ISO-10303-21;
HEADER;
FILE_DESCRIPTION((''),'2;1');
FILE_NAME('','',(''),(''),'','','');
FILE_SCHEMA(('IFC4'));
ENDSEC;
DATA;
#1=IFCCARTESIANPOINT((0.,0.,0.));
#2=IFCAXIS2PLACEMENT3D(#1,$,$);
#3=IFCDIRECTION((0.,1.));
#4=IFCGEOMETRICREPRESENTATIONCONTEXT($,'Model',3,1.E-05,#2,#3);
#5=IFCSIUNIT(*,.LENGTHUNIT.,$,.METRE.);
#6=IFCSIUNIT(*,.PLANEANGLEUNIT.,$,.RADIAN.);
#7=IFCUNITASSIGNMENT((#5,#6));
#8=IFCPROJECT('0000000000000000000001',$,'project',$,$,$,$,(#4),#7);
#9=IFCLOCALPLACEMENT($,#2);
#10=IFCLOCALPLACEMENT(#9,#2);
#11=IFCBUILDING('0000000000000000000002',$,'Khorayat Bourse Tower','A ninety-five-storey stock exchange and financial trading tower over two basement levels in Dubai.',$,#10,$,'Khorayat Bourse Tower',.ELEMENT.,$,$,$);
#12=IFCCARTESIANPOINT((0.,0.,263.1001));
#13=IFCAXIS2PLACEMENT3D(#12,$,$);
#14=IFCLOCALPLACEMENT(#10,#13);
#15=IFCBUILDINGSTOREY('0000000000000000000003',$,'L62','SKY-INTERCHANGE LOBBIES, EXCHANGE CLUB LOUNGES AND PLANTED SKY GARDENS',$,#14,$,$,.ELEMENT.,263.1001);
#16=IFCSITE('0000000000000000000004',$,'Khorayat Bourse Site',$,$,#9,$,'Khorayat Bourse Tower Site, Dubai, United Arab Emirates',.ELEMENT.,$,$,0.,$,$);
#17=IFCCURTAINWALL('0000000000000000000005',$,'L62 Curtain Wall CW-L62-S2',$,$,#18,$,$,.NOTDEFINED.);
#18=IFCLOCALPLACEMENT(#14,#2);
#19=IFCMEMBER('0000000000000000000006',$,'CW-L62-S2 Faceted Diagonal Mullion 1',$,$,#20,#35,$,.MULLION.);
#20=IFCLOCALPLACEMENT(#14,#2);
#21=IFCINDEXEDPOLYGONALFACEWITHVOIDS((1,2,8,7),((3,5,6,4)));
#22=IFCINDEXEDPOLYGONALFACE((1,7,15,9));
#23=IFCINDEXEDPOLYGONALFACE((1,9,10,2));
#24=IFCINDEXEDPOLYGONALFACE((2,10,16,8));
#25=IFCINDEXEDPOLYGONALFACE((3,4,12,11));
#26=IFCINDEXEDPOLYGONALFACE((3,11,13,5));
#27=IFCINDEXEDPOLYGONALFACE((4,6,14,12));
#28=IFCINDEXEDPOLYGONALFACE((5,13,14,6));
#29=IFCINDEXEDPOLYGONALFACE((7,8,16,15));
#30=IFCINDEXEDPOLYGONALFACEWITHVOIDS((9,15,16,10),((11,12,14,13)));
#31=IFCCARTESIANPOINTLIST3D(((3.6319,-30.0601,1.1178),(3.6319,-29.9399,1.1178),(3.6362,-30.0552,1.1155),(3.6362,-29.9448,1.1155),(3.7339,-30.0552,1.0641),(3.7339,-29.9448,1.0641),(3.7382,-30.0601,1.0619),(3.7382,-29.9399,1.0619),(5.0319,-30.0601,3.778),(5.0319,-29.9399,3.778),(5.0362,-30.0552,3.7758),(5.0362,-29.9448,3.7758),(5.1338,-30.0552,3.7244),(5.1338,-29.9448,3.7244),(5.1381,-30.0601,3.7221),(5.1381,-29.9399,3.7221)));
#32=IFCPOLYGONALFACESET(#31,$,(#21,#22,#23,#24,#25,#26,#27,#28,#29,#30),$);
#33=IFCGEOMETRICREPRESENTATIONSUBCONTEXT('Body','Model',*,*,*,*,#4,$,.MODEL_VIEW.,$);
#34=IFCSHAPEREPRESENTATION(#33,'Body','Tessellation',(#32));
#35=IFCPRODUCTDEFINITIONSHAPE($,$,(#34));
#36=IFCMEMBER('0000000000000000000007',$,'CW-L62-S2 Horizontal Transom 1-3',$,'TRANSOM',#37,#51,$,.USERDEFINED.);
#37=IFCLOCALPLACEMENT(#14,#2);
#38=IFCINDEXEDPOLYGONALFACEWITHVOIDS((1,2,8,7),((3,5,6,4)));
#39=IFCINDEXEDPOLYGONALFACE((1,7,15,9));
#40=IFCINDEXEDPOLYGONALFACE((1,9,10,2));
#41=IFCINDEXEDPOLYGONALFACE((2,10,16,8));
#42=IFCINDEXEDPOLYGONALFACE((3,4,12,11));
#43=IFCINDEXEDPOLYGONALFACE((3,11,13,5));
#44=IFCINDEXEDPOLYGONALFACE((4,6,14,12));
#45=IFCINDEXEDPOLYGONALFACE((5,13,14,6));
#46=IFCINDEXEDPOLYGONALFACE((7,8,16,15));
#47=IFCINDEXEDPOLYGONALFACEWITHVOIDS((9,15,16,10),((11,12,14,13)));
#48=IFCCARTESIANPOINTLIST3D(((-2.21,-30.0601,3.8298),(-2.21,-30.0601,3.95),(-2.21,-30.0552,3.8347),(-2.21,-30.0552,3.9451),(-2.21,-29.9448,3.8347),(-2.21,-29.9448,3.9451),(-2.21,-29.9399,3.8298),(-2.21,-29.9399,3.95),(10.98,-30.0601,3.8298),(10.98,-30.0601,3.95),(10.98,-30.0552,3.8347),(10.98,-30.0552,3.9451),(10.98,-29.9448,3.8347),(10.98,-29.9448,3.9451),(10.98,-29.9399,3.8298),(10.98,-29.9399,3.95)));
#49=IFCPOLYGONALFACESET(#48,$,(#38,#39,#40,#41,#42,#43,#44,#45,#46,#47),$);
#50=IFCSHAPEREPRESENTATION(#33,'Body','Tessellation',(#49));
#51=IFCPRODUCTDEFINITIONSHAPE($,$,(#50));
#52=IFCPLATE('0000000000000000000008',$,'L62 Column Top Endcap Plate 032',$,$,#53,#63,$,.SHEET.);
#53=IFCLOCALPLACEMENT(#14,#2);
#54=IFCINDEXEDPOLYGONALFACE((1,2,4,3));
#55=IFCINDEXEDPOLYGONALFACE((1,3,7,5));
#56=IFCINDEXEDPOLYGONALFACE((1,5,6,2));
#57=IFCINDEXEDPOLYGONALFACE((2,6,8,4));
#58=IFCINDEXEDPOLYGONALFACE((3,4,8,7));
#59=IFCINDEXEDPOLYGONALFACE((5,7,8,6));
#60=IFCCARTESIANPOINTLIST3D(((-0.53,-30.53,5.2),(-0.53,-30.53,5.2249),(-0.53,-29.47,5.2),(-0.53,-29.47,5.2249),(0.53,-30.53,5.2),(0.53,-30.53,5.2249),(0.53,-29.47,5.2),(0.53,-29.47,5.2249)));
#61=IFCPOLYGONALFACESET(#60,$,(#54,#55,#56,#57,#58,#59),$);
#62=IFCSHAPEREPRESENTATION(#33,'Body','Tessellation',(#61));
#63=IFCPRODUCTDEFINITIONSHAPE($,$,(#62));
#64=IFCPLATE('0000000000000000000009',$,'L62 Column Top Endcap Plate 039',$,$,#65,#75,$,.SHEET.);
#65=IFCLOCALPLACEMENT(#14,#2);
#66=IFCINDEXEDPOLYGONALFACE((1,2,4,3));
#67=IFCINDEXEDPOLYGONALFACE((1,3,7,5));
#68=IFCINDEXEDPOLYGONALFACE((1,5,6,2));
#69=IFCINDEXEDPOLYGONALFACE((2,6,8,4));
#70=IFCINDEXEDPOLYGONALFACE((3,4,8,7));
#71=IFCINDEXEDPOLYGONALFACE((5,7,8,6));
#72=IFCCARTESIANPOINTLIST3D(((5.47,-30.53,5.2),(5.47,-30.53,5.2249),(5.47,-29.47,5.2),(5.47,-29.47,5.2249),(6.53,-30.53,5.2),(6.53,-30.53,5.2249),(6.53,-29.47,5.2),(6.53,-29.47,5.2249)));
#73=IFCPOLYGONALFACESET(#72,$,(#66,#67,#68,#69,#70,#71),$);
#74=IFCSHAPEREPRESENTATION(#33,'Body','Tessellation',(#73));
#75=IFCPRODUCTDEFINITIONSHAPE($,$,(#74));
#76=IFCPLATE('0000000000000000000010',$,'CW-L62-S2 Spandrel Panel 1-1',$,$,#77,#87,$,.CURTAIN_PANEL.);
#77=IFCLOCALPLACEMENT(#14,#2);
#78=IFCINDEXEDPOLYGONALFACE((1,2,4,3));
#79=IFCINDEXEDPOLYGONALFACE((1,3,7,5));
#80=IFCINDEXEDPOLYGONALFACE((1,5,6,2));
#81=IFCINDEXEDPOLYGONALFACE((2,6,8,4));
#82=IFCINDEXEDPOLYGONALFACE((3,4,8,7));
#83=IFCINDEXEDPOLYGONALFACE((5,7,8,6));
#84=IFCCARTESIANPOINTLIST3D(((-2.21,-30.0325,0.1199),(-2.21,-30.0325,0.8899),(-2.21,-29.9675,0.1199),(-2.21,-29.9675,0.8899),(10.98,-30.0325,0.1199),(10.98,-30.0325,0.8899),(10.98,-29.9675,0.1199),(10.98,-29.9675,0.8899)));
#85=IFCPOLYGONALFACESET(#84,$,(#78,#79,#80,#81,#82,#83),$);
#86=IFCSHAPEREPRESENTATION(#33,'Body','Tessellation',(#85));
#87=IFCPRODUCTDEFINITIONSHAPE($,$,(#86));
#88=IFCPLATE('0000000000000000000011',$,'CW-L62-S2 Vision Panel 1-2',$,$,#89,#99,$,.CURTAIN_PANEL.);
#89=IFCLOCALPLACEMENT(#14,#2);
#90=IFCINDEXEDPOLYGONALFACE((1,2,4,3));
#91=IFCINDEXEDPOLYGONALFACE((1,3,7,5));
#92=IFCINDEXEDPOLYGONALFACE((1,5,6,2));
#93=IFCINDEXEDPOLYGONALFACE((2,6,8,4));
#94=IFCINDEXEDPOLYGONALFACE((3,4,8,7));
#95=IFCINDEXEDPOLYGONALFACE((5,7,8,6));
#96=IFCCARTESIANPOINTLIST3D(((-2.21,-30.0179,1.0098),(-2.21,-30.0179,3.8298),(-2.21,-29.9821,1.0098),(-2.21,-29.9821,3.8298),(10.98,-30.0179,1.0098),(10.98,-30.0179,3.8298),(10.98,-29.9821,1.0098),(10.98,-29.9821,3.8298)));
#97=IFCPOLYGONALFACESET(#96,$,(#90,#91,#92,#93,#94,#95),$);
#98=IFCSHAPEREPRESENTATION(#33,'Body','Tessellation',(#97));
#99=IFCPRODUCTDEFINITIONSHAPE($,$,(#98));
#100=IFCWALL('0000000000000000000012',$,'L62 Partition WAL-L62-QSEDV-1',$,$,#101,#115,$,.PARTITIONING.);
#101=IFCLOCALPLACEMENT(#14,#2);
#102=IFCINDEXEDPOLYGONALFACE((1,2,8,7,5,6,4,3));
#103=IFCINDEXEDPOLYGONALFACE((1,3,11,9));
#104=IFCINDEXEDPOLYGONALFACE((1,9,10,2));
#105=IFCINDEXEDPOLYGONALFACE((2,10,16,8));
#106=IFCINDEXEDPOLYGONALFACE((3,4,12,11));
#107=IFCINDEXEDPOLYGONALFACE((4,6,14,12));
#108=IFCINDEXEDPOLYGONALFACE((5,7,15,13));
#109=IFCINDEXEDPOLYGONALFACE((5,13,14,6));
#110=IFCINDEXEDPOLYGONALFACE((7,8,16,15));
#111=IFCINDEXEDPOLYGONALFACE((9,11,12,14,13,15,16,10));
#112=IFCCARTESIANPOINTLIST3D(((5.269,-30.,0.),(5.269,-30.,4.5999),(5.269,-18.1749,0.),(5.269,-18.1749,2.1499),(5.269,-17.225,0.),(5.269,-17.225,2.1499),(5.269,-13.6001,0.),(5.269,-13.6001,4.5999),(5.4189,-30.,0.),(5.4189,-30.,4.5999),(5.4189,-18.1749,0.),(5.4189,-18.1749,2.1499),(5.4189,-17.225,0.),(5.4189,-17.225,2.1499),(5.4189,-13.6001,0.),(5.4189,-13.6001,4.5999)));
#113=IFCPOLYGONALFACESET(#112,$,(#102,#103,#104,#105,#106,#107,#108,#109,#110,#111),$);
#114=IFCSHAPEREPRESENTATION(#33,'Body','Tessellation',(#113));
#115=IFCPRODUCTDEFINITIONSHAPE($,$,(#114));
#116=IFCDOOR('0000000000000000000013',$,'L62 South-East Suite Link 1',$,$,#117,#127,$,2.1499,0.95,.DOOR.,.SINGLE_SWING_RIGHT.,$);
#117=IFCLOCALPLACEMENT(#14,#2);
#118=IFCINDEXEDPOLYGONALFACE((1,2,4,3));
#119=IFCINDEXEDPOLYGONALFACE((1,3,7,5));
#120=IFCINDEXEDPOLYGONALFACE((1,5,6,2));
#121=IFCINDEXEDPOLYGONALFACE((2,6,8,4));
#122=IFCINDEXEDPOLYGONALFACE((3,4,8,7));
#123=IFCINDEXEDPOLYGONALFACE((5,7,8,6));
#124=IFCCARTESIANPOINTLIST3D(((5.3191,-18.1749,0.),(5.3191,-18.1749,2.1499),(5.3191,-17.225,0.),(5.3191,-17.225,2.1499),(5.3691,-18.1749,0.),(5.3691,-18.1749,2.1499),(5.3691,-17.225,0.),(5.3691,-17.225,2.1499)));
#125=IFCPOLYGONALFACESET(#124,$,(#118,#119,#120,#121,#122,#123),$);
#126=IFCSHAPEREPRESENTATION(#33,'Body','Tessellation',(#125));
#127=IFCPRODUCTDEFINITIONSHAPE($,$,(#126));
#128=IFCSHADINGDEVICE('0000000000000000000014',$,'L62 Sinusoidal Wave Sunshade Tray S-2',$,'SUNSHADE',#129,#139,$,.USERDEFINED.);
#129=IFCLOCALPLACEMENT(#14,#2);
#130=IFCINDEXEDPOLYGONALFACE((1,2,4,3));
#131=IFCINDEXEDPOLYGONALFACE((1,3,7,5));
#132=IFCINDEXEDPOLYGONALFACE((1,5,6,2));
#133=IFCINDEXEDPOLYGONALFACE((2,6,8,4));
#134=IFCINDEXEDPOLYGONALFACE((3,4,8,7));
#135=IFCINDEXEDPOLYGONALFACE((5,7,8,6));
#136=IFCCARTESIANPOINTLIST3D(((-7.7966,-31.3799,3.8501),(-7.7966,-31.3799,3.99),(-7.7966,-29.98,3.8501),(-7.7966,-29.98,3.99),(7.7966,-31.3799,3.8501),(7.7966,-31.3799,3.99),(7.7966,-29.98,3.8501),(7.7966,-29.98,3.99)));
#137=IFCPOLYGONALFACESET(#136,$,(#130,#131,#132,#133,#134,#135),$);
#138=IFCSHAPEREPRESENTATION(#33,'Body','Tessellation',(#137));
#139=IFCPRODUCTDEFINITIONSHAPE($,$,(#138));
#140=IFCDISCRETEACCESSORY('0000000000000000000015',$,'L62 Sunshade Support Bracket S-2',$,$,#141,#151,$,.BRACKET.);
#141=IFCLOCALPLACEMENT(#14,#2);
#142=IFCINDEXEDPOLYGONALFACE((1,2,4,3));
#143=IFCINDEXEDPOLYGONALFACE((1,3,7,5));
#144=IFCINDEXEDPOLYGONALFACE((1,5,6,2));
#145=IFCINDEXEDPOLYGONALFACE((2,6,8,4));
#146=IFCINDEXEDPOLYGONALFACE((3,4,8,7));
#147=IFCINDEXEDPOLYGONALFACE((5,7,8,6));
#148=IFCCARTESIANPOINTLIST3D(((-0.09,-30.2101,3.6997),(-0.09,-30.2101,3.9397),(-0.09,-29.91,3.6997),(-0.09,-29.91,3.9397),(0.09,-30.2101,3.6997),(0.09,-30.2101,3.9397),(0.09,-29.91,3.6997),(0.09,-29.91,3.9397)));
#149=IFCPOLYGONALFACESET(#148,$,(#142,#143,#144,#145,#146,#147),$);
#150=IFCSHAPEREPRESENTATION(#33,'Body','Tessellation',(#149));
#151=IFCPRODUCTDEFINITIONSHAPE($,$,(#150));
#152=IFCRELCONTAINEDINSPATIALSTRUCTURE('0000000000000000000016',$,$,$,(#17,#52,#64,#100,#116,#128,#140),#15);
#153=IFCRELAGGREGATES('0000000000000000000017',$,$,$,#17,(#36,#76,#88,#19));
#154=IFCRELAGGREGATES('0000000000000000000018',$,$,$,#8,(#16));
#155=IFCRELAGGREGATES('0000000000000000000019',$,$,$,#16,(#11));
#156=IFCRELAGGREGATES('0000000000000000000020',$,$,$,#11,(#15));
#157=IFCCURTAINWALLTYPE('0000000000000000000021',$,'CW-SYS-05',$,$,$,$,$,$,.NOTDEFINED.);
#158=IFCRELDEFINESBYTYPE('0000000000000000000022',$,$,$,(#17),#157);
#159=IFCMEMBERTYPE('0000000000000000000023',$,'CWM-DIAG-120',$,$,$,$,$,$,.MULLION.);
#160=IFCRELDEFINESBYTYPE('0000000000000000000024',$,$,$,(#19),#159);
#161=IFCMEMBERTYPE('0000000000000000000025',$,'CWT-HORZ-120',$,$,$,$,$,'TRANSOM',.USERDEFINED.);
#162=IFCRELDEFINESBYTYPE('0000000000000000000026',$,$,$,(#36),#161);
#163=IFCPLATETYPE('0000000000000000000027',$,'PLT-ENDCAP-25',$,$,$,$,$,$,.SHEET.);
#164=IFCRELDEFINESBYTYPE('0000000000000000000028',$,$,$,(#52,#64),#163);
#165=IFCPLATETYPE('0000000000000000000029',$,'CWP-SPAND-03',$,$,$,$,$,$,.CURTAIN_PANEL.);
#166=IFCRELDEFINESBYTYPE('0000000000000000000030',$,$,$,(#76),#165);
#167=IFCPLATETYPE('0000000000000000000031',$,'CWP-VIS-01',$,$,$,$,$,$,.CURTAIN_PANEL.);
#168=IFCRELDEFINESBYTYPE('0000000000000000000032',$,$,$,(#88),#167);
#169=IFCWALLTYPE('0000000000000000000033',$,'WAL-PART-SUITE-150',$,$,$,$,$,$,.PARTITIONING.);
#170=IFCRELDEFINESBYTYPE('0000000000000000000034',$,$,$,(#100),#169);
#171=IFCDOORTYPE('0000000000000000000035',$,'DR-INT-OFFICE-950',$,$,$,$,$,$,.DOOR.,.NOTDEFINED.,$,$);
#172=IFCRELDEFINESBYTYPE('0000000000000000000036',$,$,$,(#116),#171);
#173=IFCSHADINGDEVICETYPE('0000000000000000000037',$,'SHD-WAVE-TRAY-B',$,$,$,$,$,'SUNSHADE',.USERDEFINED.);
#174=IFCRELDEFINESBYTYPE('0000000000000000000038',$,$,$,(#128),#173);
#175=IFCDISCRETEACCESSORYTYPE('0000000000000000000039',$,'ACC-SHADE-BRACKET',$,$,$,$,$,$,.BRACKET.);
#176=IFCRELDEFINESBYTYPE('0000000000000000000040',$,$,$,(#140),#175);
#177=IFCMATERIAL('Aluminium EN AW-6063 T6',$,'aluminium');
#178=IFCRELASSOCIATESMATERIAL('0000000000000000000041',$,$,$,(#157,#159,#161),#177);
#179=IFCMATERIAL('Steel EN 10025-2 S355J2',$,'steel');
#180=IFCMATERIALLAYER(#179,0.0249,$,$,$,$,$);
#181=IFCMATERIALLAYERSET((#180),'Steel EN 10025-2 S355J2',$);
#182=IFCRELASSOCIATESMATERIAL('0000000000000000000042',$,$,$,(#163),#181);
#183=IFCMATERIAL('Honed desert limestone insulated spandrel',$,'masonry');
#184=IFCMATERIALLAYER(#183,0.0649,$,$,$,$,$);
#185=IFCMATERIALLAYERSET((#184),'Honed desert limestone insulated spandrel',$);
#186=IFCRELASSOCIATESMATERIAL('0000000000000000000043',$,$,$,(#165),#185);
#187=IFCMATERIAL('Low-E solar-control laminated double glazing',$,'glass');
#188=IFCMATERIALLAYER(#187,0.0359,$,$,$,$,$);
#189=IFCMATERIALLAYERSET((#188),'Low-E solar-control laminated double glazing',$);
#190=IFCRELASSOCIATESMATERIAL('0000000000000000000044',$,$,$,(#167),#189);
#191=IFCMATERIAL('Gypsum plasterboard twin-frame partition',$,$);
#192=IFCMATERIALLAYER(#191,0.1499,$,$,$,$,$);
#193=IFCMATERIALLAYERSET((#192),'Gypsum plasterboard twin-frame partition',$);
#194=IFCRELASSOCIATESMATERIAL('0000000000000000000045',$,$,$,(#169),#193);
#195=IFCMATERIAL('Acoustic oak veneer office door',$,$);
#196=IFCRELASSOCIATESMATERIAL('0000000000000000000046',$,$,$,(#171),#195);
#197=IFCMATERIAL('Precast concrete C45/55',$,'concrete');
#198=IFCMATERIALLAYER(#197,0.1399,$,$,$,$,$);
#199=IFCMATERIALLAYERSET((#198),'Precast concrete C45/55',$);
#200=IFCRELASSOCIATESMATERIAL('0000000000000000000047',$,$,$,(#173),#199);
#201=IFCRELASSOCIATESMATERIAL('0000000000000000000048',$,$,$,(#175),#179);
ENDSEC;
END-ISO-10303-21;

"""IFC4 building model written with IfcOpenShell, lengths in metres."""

from ifc_helpers import new_model, si_unit, direction, frame, frame_2d, origin, origin_2d, place, context, subcontext, project, spatial, rectangle, hollow_rectangle, extrude, source, transform, mapped, material, layer, layer_set, material_profile, profile_set, type_object, element, fill, aggregate, save


model = new_model("IFC4")

# Units and contexts
model_context = context("Model", 3, precision=1e-05, world=origin(), true_north=direction((0.0, 1.0)))
body_context = subcontext(model_context, "Body", "Model", "MODEL_VIEW")
ifc_project = project(units=[si_unit("LENGTHUNIT", "METRE"), si_unit("PLANEANGLEUNIT", "RADIAN")], contexts=[model_context])

# Site, building, storey
site_placement = place(None, origin())
site = spatial("IfcSite", under=ifc_project, at=site_placement, Name="Khorayat Bourse Site", LongName="Khorayat Bourse Tower Site, Dubai, United Arab Emirates", CompositionType="ELEMENT", RefElevation=0.0)
building_placement = place(site_placement, origin())
building = spatial("IfcBuilding", under=site, at=building_placement, Name="Khorayat Bourse Tower", Description="A ninety-five-storey stock exchange and financial trading tower over two basement levels in Dubai.", LongName="Khorayat Bourse Tower", CompositionType="ELEMENT")
storey_placement = place(building_placement, frame((0.0, 0.0, 263.1001)))
storey = spatial("IfcBuildingStorey", under=building, at=storey_placement, Name="L62", Description="SKY-INTERCHANGE LOBBIES, EXCHANGE CLUB LOUNGES AND PLANTED SKY GARDENS", CompositionType="ELEMENT", Elevation=263.1001)

# Curtain wall, members
ifc_material_1 = material(Name="Aluminium EN AW-6063 T6", Category="aluminium")
curtain_wall_type = type_object("IfcCurtainWallType", Name="CW-SYS-05", PredefinedType="NOTDEFINED", material=ifc_material_1)
curtain_wall_placement = place(storey_placement, origin())
curtain_wall = element("IfcCurtainWall", 1, at=curtain_wall_placement, inside=storey, type_object=curtain_wall_type, Name="L62 Curtain Wall CW-L62-S2", PredefinedType="NOTDEFINED")
ifc_material_profile_1 = material_profile(ifc_material_1, hollow_rectangle(XDim=0.1201, YDim=0.1201, WallThickness=0.0049, at=origin_2d()), Name="ALU 120x120x5")
ifc_profile_set_1 = profile_set([ifc_material_profile_1], Name="Aluminium EN AW-6063 T6")
member_type_1 = type_object("IfcMemberType", Name="CWM-DIAG-120", PredefinedType="MULLION", material=ifc_profile_set_1)
shared_shape_1 = source(origin(), body_context, "Body", "SweptSolid", [
    extrude(hollow_rectangle(XDim=0.1201, YDim=0.1201, WallThickness=0.0049, at=origin_2d()), origin(), (0.0, 0.0, 1.0), 3.0061),
])
member_1_placement = place(storey_placement, frame((3.6851, -30.0, 1.0898), z_axis=(0.4657, 0.0, 0.884943), x_axis=(0.0, 1.0, 0.0)))
member_1 = element("IfcMember", 2, at=member_1_placement, type_object=member_type_1, Name="CW-L62-S2 Faceted Diagonal Mullion 1", PredefinedType="MULLION", context=body_context, shape_type="MappedRepresentation", body=[
    mapped(shared_shape_1, transform((0.0, 0.0, 0.0), scale=1.0)),
])
ifc_material_profile_2 = material_profile(ifc_material_1, hollow_rectangle(XDim=0.1201, YDim=0.1201, WallThickness=0.0049, at=origin_2d()), Name="ALU 120x120x5")
ifc_profile_set_2 = profile_set([ifc_material_profile_2], Name="Aluminium EN AW-6063 T6")
member_type_2 = type_object("IfcMemberType", Name="CWT-HORZ-120", ElementType="TRANSOM", PredefinedType="USERDEFINED", material=ifc_profile_set_2)
shared_shape_2 = source(origin(), body_context, "Body", "SweptSolid", [
    extrude(hollow_rectangle(XDim=0.1201, YDim=0.1201, WallThickness=0.0049, at=origin_2d()), origin(), (0.0, 0.0, 1.0), 13.1899),
])
member_2_placement = place(storey_placement, frame((-2.21, -30.0, 3.8899), z_axis=(1.0, 0.0, 0.0), x_axis=(0.0, 1.0, 0.0)))
member_2 = element("IfcMember", 3, at=member_2_placement, type_object=member_type_2, Name="CW-L62-S2 Horizontal Transom 1-3", ObjectType="TRANSOM", PredefinedType="USERDEFINED", context=body_context, shape_type="MappedRepresentation", body=[
    mapped(shared_shape_2, transform((0.0, 0.0, 0.0), scale=1.0)),
])

# Plates
ifc_material_2 = material(Name="Steel EN 10025-2 S355J2", Category="steel")
ifc_layer_1 = layer(ifc_material_2, 0.0249)
ifc_layer_set_1 = layer_set([ifc_layer_1], Name="Steel EN 10025-2 S355J2")
plate_type_1 = type_object("IfcPlateType", Name="PLT-ENDCAP-25", PredefinedType="SHEET", material=ifc_layer_set_1)
shared_shape_3 = source(origin(), body_context, "Body", "SweptSolid", [
    extrude(rectangle(XDim=1.0601, YDim=1.0601, at=origin_2d()), origin(), (0.0, 0.0, 1.0), 0.0249),
])
for number, where, z_axis, x_axis, name in (
    (4, (0.0, -30.0, 5.2), (0.0, 0.0, 1.0), (1.0, 0.0, 0.0), "L62 Column Top Endcap Plate 032"),
    (5, (6.0, -30.0, 5.2), (0.0, 0.0, 1.0), (1.0, 0.0, 0.0), "L62 Column Top Endcap Plate 039"),
):
    element("IfcPlate", number, at=place(storey_placement, frame(where, z_axis=z_axis, x_axis=x_axis)), inside=storey, type_object=plate_type_1, Name=name, PredefinedType="SHEET", context=body_context, shape_type="MappedRepresentation", body=[
        mapped(shared_shape_3, transform((0.0, 0.0, 0.0), scale=1.0)),
    ])

# Plates
ifc_material_3 = material(Name="Honed desert limestone insulated spandrel", Category="masonry")
ifc_layer_2 = layer(ifc_material_3, 0.0649)
ifc_layer_set_2 = layer_set([ifc_layer_2], Name="Honed desert limestone insulated spandrel")
plate_type_2 = type_object("IfcPlateType", Name="CWP-SPAND-03", PredefinedType="CURTAIN_PANEL", material=ifc_layer_set_2)
shared_shape_4 = source(origin(), body_context, "Body", "SweptSolid", [
    extrude(rectangle(XDim=13.1899, YDim=0.0649, at=origin_2d()), origin(), (0.0, 0.0, 1.0), 0.77),
])
plate_1_placement = place(storey_placement, frame((4.385, -30.0, 0.1199), z_axis=(0.0, 0.0, 1.0), x_axis=(1.0, 0.0, 0.0)))
plate_1 = element("IfcPlate", 6, at=plate_1_placement, type_object=plate_type_2, Name="CW-L62-S2 Spandrel Panel 1-1", PredefinedType="CURTAIN_PANEL", context=body_context, shape_type="MappedRepresentation", body=[
    mapped(shared_shape_4, transform((0.0, 0.0, 0.0), scale=1.0)),
])
ifc_material_4 = material(Name="Low-E solar-control laminated double glazing", Category="glass")
ifc_layer_3 = layer(ifc_material_4, 0.0359)
ifc_layer_set_3 = layer_set([ifc_layer_3], Name="Low-E solar-control laminated double glazing")
plate_type_3 = type_object("IfcPlateType", Name="CWP-VIS-01", PredefinedType="CURTAIN_PANEL", material=ifc_layer_set_3)
shared_shape_5 = source(origin(), body_context, "Body", "SweptSolid", [
    extrude(rectangle(XDim=13.1899, YDim=0.0359, at=origin_2d()), origin(), (0.0, 0.0, 1.0), 2.8201),
])
plate_2_placement = place(storey_placement, frame((4.385, -30.0, 1.0098), z_axis=(0.0, 0.0, 1.0), x_axis=(1.0, 0.0, 0.0)))
plate_2 = element("IfcPlate", 7, at=plate_2_placement, type_object=plate_type_3, Name="CW-L62-S2 Vision Panel 1-2", PredefinedType="CURTAIN_PANEL", context=body_context, shape_type="MappedRepresentation", body=[
    mapped(shared_shape_5, transform((0.0, 0.0, 0.0), scale=1.0)),
])
aggregate(curtain_wall, [member_2, plate_1, plate_2, member_1])

# Wall, opening, door
ifc_material_5 = material(Name="Gypsum plasterboard twin-frame partition")
ifc_layer_4 = layer(ifc_material_5, 0.1499)
ifc_layer_set_4 = layer_set([ifc_layer_4], Name="Gypsum plasterboard twin-frame partition")
wall_type = type_object("IfcWallType", Name="WAL-PART-SUITE-150", PredefinedType="PARTITIONING", material=ifc_layer_set_4)
shared_shape_6 = source(origin(), body_context, "Body", "SweptSolid", [
    extrude(rectangle(XDim=16.3999, YDim=0.1499, at=frame_2d((8.2, 0.0))), origin(), (0.0, 0.0, 1.0), 4.5999),
])
wall_placement = place(storey_placement, frame((5.344, -30.0, 0.0), z_axis=(0.0, 0.0, 1.0), x_axis=(0.0, 1.0, 0.0)))
wall = element("IfcWall", 8, at=wall_placement, inside=storey, type_object=wall_type, Name="L62 Partition WAL-L62-QSEDV-1", PredefinedType="PARTITIONING", context=body_context, shape_type="MappedRepresentation", body=[
    mapped(shared_shape_6, transform((0.0, 0.0, 0.0), scale=1.0)),
])
shared_shape_7 = source(origin(), body_context, "Body", "SweptSolid", [
    extrude(rectangle(XDim=0.95, YDim=2.1499, at=frame_2d((0.4751, 1.075))), frame((0.0, 0.085, 0.0), z_axis=(0.0, -1.0, 0.0), x_axis=(1.0, 0.0, 0.0)), (0.0, 0.0, 1.0), 0.1699),
])
opening_placement = place(wall_placement, frame((11.825, 0.0, 0.0)))
opening = element("IfcOpeningElement", 9, at=opening_placement, cuts=wall, PredefinedType="OPENING", context=body_context, shape_type="MappedRepresentation", body=[
    mapped(shared_shape_7, transform((0.0, 0.0, 0.0), scale=1.0)),
])
ifc_material_6 = material(Name="Acoustic oak veneer office door")
door_type = type_object("IfcDoorType", Name="DR-INT-OFFICE-950", OperationType="NOTDEFINED", PredefinedType="DOOR", material=ifc_material_6)
shared_shape_8 = source(origin(), body_context, "Body", "SweptSolid", [
    extrude(rectangle(XDim=0.95, YDim=2.1499, at=frame_2d((0.4751, 1.075))), frame((0.0, 0.0249, 0.0), z_axis=(0.0, -1.0, 0.0), x_axis=(1.0, 0.0, 0.0)), (0.0, 0.0, 1.0), 0.05),
])
door_placement = place(opening_placement, origin())
door = element("IfcDoor", 10, at=door_placement, inside=storey, type_object=door_type, Name="L62 South-East Suite Link 1", OperationType="SINGLE_SWING_RIGHT", OverallHeight=2.1499, OverallWidth=0.95, PredefinedType="DOOR", context=body_context, shape_type="MappedRepresentation", body=[
    mapped(shared_shape_8, transform((0.0, 0.0, 0.0), scale=1.0)),
])
fill(opening, door)

# Shading device
ifc_material_7 = material(Name="Precast concrete C45/55", Category="concrete")
ifc_layer_5 = layer(ifc_material_7, 0.1399)
ifc_layer_set_5 = layer_set([ifc_layer_5], Name="Precast concrete C45/55")
shading_device_type = type_object("IfcShadingDeviceType", Name="SHD-WAVE-TRAY-B", ElementType="SUNSHADE", PredefinedType="USERDEFINED", material=ifc_layer_set_5)
shared_shape_9 = source(origin(), body_context, "Body", "SweptSolid", [
    extrude(rectangle(XDim=15.5933, YDim=1.3999, at=origin_2d()), origin(), (0.0, 0.0, 1.0), 0.1399),
])
shading_device_placement = place(storey_placement, frame((0.0, -30.6799, 3.8501), z_axis=(0.0, 0.0, 1.0), x_axis=(1.0, 0.0, 0.0)))
element("IfcShadingDevice", 11, at=shading_device_placement, inside=storey, type_object=shading_device_type, Name="L62 Sinusoidal Wave Sunshade Tray S-2", ObjectType="SUNSHADE", PredefinedType="USERDEFINED", context=body_context, shape_type="MappedRepresentation", body=[
    mapped(shared_shape_9, transform((0.0, 0.0, 0.0), scale=1.0)),
])

# Discrete accessory
discrete_accessory_type = type_object("IfcDiscreteAccessoryType", Name="ACC-SHADE-BRACKET", PredefinedType="BRACKET", material=ifc_material_2)
shared_shape_10 = source(origin(), body_context, "Body", "SweptSolid", [
    extrude(rectangle(XDim=0.1799, YDim=0.3, at=origin_2d()), origin(), (0.0, 0.0, 1.0), 0.24),
])
discrete_accessory_placement = place(storey_placement, frame((0.0, -30.0601, 3.6997), z_axis=(0.0, 0.0, 1.0), x_axis=(1.0, 0.0, 0.0)))
element("IfcDiscreteAccessory", 12, at=discrete_accessory_placement, inside=storey, type_object=discrete_accessory_type, Name="L62 Sunshade Support Bracket S-2", PredefinedType="BRACKET", context=body_context, shape_type="MappedRepresentation", body=[
    mapped(shared_shape_10, transform((0.0, 0.0, 0.0), scale=1.0)),
])

save(model, "model.ifc")
